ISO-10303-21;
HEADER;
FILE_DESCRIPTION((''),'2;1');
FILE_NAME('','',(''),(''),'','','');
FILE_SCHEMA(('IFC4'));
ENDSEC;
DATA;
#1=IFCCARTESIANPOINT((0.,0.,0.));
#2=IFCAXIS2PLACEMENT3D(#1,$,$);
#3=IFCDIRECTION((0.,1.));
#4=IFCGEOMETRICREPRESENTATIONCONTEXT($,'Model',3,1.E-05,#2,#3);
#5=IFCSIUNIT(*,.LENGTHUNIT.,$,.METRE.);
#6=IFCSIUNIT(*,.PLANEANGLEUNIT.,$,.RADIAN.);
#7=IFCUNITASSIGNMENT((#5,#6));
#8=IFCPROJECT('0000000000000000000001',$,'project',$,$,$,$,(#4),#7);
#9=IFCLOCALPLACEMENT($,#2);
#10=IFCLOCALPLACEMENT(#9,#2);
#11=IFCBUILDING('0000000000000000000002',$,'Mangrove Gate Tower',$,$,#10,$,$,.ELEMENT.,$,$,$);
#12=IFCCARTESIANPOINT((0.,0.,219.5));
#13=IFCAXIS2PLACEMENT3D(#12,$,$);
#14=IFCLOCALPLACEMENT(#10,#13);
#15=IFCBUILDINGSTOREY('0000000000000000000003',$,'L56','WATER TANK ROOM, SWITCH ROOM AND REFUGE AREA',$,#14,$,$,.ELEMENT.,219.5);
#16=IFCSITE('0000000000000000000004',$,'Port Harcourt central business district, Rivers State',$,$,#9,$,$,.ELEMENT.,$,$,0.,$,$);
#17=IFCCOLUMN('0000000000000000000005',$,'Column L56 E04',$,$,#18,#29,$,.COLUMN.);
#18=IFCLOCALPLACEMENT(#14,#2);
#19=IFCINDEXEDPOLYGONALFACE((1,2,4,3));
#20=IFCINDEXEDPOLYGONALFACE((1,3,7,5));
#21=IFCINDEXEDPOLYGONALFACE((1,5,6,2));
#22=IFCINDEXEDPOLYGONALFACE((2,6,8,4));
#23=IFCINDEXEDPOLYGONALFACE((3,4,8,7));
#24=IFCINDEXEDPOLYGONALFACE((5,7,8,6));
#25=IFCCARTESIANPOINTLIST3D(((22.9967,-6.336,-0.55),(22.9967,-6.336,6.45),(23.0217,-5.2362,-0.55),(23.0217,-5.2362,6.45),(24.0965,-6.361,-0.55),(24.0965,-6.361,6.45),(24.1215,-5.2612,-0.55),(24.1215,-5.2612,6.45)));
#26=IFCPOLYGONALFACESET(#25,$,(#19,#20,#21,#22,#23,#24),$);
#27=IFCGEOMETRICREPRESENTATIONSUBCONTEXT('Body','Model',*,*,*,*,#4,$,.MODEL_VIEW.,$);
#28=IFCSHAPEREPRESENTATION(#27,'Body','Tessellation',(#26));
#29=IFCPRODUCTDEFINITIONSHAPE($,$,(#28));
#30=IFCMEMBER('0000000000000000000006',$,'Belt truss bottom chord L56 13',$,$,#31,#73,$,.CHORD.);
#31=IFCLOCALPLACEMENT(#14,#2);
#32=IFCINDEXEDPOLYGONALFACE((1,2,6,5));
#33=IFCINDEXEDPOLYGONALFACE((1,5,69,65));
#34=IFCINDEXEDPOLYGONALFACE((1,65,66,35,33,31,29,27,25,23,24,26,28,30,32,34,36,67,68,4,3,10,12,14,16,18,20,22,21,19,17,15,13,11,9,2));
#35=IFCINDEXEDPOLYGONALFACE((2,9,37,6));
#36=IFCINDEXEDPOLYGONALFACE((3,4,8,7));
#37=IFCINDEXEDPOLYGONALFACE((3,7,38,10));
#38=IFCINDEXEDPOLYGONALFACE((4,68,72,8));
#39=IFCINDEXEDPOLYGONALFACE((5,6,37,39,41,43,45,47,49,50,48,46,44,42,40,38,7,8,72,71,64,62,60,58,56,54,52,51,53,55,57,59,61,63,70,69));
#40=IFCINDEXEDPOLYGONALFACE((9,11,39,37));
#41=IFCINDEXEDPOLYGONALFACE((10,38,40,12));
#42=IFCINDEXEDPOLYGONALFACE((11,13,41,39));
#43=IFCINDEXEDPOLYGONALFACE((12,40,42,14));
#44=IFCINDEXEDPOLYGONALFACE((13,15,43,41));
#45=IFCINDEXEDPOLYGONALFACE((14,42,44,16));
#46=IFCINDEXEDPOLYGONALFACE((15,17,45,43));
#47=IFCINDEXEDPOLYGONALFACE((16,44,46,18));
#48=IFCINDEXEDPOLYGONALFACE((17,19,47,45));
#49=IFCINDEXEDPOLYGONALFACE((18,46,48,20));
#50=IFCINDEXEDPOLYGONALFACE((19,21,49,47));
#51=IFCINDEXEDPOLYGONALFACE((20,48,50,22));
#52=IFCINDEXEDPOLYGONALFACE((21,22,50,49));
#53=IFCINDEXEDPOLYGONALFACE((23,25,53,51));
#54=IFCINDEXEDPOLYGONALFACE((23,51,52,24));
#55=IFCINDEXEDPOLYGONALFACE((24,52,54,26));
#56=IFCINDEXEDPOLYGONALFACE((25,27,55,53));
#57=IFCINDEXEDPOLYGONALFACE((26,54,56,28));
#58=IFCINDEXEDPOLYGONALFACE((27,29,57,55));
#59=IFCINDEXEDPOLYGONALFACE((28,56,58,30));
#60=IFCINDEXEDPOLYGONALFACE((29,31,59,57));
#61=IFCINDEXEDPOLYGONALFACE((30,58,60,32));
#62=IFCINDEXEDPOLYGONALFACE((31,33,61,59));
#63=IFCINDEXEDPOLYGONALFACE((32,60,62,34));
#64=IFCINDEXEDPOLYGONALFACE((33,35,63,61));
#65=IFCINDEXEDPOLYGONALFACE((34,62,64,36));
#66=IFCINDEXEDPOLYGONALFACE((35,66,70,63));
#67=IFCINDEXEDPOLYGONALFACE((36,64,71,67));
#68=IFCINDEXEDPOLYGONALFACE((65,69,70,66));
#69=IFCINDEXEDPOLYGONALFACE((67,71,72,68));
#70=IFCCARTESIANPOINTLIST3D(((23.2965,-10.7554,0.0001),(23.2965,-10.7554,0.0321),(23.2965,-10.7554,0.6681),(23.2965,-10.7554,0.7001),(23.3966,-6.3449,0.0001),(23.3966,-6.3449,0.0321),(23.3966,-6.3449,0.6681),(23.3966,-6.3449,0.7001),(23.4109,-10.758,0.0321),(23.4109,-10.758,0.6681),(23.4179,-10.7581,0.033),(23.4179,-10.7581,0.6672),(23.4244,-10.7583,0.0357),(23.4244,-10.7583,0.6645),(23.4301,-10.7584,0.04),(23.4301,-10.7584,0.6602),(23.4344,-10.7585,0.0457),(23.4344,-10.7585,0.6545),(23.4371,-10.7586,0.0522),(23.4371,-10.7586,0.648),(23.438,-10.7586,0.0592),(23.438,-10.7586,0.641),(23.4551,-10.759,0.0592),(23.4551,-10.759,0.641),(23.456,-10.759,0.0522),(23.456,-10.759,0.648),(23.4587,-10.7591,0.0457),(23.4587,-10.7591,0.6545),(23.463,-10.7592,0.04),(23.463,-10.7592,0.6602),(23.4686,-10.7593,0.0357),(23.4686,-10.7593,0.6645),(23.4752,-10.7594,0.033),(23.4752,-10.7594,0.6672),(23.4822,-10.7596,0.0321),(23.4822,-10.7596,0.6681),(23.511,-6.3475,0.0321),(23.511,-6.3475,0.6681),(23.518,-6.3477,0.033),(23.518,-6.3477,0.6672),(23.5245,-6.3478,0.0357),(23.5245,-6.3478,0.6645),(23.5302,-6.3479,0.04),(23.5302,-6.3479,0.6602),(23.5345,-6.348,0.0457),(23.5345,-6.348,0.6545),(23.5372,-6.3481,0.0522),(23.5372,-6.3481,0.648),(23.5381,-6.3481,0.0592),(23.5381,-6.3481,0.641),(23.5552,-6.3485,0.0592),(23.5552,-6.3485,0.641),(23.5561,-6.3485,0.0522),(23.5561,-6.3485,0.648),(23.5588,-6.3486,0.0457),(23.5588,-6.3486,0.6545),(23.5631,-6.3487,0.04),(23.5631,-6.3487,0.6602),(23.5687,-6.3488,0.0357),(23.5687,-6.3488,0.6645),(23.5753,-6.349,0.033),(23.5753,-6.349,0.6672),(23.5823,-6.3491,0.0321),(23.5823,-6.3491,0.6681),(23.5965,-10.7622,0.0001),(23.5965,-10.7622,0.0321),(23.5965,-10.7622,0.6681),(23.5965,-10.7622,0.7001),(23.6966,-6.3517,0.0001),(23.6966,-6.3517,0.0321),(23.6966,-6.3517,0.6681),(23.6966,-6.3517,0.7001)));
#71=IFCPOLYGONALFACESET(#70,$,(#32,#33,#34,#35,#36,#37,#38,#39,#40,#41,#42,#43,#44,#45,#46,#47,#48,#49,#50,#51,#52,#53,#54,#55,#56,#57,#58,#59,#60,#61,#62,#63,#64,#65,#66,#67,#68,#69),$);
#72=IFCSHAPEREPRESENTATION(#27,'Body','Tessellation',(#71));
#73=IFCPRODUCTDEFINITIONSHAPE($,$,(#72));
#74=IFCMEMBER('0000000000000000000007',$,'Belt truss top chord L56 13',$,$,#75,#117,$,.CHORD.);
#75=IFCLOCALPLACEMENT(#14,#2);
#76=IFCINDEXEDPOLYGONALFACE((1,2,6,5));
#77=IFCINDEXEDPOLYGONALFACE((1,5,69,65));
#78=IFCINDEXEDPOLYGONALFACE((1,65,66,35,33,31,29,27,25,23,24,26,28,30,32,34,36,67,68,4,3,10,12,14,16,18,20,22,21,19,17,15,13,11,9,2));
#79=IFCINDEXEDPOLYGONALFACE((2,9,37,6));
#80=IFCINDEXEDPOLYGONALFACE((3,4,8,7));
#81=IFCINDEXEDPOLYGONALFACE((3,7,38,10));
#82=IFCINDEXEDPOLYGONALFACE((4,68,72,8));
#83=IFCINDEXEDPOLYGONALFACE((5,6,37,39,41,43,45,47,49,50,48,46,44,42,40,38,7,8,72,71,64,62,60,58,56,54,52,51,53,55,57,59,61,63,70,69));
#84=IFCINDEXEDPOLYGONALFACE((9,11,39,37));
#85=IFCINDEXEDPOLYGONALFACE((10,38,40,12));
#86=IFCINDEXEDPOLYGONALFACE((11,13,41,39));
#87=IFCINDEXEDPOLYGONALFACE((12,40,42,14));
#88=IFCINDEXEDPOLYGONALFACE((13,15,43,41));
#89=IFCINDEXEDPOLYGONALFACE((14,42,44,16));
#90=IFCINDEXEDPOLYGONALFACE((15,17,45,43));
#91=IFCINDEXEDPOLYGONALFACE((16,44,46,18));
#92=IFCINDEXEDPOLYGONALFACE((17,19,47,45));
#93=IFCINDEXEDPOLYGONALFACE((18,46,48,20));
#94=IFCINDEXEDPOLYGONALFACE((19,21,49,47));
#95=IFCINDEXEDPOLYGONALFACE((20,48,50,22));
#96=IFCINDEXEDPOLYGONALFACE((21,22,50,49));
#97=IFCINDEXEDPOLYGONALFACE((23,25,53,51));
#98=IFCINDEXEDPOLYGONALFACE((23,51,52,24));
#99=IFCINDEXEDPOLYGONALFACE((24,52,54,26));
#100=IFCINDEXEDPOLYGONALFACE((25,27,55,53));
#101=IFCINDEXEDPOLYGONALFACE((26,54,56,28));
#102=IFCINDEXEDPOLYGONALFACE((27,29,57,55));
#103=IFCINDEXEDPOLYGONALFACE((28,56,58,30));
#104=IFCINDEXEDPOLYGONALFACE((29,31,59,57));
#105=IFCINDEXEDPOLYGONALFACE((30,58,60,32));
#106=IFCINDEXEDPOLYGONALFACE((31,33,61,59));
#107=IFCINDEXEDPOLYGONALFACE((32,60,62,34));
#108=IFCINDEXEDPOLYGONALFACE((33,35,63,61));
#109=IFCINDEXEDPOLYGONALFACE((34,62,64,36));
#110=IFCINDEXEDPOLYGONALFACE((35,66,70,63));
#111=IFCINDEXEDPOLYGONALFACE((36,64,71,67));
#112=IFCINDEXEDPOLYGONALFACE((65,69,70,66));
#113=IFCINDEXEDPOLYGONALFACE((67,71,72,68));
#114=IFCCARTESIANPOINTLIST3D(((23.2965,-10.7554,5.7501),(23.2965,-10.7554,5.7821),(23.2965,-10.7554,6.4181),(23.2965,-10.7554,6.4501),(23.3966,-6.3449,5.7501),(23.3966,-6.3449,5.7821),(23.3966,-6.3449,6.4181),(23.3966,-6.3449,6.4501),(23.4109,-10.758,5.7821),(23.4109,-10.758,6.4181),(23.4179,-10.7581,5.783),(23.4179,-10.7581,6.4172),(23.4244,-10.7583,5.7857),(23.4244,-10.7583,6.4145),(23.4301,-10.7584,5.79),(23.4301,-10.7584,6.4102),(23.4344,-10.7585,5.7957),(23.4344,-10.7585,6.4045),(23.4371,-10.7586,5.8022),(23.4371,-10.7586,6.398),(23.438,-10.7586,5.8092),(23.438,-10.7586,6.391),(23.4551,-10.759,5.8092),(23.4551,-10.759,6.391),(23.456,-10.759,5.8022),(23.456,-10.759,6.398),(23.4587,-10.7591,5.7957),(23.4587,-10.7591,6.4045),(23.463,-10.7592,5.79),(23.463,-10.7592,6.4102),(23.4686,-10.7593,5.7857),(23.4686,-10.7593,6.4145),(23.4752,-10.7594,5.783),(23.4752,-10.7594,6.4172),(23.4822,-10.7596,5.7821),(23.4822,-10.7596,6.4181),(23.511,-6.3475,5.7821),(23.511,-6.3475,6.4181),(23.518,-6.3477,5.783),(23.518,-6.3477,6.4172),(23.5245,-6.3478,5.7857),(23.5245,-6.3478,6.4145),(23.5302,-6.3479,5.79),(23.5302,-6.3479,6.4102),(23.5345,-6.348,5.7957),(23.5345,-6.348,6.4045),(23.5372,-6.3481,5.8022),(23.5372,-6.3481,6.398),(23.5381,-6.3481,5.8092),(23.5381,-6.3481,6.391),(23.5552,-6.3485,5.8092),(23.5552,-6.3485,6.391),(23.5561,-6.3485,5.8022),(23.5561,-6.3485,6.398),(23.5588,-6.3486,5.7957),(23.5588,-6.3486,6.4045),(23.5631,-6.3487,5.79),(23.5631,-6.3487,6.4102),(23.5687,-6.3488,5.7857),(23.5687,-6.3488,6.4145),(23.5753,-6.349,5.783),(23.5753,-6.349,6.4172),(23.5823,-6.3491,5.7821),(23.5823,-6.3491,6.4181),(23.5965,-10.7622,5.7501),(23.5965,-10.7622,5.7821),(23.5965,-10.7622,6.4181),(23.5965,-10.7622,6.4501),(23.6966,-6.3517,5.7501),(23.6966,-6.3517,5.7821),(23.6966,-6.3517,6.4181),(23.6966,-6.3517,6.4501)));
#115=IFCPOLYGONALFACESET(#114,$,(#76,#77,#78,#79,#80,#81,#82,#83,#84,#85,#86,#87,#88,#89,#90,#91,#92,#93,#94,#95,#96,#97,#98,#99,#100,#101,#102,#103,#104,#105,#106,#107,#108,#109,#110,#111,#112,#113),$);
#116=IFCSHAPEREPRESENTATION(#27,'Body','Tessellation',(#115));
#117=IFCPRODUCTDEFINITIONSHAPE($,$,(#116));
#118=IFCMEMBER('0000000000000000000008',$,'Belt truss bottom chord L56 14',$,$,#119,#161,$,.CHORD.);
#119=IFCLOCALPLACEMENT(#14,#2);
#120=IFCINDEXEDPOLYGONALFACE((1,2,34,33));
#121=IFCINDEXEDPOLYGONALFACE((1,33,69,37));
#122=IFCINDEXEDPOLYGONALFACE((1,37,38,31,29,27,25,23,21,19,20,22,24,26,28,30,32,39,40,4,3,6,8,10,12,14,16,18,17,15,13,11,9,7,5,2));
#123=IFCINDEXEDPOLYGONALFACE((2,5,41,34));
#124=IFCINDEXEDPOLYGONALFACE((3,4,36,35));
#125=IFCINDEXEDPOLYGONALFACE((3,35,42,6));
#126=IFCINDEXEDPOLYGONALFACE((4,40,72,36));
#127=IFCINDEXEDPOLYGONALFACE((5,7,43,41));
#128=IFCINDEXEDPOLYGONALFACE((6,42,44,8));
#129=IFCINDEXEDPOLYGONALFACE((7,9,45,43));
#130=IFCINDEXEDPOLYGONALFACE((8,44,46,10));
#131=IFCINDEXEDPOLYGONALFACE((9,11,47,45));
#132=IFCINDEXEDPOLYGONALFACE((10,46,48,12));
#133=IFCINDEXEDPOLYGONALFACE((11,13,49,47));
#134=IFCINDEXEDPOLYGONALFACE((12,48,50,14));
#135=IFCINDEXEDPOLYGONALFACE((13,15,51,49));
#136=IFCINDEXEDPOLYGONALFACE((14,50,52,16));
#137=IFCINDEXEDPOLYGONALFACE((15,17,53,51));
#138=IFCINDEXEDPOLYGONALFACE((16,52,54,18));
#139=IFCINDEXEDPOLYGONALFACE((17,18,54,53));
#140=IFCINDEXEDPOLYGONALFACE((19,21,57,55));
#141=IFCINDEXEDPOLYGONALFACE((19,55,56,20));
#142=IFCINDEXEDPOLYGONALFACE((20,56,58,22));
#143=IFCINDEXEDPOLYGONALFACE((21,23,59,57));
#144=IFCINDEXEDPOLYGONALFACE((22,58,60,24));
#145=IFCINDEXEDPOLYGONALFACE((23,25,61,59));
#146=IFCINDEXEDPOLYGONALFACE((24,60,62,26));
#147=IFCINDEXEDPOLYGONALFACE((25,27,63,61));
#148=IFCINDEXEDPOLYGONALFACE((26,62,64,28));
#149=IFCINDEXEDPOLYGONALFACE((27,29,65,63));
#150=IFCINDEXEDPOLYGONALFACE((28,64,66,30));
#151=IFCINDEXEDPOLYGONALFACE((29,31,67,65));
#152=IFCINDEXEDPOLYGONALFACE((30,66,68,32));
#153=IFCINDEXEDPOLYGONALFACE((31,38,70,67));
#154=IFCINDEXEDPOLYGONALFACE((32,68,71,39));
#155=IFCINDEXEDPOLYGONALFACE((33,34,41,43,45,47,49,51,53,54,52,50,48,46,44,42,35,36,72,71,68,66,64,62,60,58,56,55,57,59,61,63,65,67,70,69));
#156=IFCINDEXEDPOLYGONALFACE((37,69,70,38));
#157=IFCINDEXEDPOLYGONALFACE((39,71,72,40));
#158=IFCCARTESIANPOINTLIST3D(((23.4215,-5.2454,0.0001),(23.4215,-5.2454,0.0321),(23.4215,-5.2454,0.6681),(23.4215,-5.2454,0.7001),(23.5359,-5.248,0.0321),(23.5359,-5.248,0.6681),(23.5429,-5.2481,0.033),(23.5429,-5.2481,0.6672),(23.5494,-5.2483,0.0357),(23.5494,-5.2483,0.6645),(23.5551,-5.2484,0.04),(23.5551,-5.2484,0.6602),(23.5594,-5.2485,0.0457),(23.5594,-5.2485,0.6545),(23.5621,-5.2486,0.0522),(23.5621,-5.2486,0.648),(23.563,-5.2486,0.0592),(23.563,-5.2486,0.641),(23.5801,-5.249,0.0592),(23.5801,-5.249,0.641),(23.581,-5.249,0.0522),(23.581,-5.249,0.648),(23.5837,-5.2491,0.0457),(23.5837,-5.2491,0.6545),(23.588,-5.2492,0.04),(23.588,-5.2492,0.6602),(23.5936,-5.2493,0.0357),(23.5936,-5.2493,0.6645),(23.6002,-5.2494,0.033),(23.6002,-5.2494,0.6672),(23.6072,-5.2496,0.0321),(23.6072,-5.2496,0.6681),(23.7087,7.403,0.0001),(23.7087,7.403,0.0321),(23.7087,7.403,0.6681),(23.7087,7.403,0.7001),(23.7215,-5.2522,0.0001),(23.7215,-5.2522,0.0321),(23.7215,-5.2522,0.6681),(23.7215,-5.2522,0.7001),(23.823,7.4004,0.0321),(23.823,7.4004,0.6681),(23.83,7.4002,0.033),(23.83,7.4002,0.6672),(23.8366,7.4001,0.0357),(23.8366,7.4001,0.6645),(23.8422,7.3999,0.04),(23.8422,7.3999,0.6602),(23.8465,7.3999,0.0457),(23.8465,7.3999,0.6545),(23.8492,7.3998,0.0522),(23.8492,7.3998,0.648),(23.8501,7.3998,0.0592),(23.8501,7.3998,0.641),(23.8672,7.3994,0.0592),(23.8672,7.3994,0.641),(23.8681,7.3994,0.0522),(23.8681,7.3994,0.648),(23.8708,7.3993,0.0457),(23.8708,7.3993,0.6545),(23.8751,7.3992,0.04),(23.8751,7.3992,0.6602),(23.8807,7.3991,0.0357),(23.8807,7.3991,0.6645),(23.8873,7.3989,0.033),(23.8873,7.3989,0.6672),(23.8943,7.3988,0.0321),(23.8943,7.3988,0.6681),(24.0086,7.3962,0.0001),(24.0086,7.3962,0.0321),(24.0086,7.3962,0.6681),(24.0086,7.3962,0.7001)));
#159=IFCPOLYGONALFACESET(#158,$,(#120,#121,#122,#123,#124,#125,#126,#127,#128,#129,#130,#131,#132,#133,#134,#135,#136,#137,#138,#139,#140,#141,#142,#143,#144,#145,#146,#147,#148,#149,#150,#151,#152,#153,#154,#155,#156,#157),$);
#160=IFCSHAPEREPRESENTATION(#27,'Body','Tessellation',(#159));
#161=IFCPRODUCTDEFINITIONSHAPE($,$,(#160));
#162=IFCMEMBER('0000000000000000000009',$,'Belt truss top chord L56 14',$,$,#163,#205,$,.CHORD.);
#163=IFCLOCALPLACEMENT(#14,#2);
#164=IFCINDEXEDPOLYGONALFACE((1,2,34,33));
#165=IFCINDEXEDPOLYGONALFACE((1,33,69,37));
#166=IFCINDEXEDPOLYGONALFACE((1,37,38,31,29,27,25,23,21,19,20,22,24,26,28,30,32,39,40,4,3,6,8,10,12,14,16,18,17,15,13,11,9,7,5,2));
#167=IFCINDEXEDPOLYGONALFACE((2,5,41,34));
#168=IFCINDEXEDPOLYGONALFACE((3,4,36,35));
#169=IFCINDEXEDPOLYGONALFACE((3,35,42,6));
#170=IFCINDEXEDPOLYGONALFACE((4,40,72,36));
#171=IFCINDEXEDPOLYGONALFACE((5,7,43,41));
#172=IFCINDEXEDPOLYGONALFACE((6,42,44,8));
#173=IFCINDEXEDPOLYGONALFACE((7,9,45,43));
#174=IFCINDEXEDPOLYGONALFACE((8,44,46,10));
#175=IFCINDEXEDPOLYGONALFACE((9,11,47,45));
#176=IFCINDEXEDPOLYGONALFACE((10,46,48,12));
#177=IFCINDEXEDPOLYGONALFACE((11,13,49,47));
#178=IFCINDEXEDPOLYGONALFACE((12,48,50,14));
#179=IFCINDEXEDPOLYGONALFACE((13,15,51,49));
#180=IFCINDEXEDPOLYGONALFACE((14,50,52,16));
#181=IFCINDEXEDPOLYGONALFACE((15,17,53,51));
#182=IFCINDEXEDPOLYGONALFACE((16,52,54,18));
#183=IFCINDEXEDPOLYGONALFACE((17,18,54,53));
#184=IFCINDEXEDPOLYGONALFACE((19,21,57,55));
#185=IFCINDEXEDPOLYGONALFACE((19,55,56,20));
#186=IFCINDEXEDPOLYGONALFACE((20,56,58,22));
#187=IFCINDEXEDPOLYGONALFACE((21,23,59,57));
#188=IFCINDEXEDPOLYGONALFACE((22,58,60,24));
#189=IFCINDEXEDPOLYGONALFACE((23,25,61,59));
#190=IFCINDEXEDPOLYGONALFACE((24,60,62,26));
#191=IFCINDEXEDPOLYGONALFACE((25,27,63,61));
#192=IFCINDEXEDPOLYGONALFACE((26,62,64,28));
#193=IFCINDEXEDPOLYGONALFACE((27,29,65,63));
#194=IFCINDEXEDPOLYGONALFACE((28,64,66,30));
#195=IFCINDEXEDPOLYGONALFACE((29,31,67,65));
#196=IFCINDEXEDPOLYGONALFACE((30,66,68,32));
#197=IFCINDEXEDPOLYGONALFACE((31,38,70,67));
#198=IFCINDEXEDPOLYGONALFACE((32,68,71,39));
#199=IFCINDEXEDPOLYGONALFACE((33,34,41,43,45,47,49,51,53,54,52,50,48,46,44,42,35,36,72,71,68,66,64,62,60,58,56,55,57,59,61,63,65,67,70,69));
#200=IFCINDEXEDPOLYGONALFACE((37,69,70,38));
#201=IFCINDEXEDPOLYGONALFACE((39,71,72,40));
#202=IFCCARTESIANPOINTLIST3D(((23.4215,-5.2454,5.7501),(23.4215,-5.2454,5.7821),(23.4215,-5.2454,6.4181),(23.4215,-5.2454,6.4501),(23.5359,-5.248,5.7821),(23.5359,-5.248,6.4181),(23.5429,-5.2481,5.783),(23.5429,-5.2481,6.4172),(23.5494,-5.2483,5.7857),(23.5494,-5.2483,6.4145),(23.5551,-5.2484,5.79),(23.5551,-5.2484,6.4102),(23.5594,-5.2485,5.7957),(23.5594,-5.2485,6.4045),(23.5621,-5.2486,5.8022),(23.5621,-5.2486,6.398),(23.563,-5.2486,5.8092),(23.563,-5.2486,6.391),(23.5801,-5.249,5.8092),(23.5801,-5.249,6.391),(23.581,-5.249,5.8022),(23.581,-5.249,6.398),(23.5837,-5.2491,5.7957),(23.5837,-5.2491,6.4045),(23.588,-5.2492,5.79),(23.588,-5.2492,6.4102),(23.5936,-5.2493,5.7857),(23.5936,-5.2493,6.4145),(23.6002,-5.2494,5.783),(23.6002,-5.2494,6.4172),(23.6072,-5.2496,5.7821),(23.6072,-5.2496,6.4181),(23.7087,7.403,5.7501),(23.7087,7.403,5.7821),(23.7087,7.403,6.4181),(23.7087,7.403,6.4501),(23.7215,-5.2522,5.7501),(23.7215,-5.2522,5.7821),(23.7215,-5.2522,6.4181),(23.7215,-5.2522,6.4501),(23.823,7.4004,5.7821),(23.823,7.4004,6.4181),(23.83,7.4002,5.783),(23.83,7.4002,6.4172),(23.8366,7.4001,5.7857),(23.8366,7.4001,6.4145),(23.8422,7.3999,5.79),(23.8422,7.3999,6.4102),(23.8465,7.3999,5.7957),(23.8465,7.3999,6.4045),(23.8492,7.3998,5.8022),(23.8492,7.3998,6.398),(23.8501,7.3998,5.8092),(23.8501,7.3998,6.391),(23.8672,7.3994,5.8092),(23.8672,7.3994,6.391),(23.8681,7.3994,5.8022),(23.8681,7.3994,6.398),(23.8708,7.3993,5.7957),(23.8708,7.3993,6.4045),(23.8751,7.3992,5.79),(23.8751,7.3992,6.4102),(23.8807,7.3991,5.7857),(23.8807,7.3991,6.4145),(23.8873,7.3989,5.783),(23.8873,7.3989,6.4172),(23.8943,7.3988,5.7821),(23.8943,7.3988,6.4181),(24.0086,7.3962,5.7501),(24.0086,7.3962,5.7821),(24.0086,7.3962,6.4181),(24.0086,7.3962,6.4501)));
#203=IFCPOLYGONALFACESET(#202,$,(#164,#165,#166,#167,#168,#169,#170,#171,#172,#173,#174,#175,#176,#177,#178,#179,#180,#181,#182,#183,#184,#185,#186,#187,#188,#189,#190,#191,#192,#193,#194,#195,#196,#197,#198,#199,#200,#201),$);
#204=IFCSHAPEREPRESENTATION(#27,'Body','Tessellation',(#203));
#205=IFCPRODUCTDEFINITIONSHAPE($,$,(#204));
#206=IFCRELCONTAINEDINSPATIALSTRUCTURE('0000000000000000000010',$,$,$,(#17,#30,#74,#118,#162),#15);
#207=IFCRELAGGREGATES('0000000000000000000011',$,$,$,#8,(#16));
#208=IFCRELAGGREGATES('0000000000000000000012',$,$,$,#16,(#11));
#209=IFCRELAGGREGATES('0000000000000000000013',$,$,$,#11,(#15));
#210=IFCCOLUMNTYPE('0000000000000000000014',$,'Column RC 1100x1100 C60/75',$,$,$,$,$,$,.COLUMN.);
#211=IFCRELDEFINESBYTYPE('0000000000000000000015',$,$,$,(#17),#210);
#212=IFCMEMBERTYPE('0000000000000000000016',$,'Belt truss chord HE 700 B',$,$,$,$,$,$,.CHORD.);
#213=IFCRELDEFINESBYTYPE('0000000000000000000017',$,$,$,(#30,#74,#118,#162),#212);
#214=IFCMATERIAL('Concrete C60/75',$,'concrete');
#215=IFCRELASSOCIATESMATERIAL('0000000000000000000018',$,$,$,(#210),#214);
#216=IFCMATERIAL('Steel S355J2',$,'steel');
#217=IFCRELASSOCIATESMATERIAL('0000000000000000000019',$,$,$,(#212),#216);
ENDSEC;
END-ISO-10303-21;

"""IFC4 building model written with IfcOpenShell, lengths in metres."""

from ifc_helpers import new_model, si_unit, direction, frame, origin, origin_2d, place, context, subcontext, project, spatial, rectangle, i_section, extrude, material, material_profile, profile_set, type_object, element, save


model = new_model("IFC4")

# Units and contexts
model_context = context("Model", 3, precision=1e-05, world=origin(), true_north=direction((0.0, 1.0)))
body_context = subcontext(model_context, "Body", "Model", "MODEL_VIEW")
ifc_project = project(units=[si_unit("LENGTHUNIT", "METRE"), si_unit("PLANEANGLEUNIT", "RADIAN")], contexts=[model_context])

# Site, building, storey
site_placement = place(None, origin())
site = spatial("IfcSite", under=ifc_project, at=site_placement, Name="Port Harcourt central business district, Rivers State", CompositionType="ELEMENT", RefElevation=0.0)
building_placement = place(site_placement, origin())
building = spatial("IfcBuilding", under=site, at=building_placement, Name="Mangrove Gate Tower", CompositionType="ELEMENT")
storey_placement = place(building_placement, frame((0.0, 0.0, 219.5)))
storey = spatial("IfcBuildingStorey", under=building, at=storey_placement, Name="L56", Description="WATER TANK ROOM, SWITCH ROOM AND REFUGE AREA", CompositionType="ELEMENT", Elevation=219.5)

# Column
ifc_material_1 = material(Name="Concrete C60/75", Category="concrete")
ifc_material_profile_1 = material_profile(ifc_material_1, rectangle(XDim=1.1001, YDim=1.1001, at=origin_2d()))
ifc_profile_set_1 = profile_set([ifc_material_profile_1], Name="Concrete C60/75")
column_type = type_object("IfcColumnType", Name="Column RC 1100x1100 C60/75", PredefinedType="COLUMN", material=ifc_profile_set_1)
column_placement = place(storey_placement, frame((23.5591, -5.7986, -0.55), z_axis=(0.0, 0.0, 1.0), x_axis=(0.022686, 0.999743, 0.0)))
element("IfcColumn", 1, at=column_placement, inside=storey, type_object=column_type, Name="Column L56 E04", PredefinedType="COLUMN", context=body_context, shape_type="SweptSolid", body=[
    extrude(rectangle(XDim=1.1001, YDim=1.1001, at=origin_2d()), origin(), (0.0, 0.0, 1.0), 7.0),
])

# Members
ifc_material_2 = material(Name="Steel S355J2", Category="steel")
ifc_material_profile_2 = material_profile(ifc_material_2, i_section(OverallWidth=0.3, OverallDepth=0.7, WebThickness=0.0171, FlangeThickness=0.032, FilletRadius=0.0271, at=origin_2d()))
ifc_profile_set_2 = profile_set([ifc_material_profile_2], Name="Steel S355J2")
member_type_1 = type_object("IfcMemberType", Name="Belt truss chord HE 700 B", PredefinedType="CHORD", material=ifc_profile_set_2)
for number, where, z_axis, x_axis, name in (
    (2, (23.4465, -10.7588, 0.3501), (0.02269, 0.999743, 0.0), (-0.999743, 0.02269, 0.0), "Belt truss bottom chord L56 13"),
    (3, (23.4465, -10.7588, 6.1001), (0.02269, 0.999743, 0.0), (-0.999743, 0.02269, 0.0), "Belt truss top chord L56 13"),
):
    element("IfcMember", number, at=place(storey_placement, frame(where, z_axis=z_axis, x_axis=x_axis)), inside=storey, type_object=member_type_1, Name=name, PredefinedType="CHORD", context=body_context, shape_type="SweptSolid", body=[
        extrude(i_section(OverallWidth=0.3, OverallDepth=0.7, WebThickness=0.0171, FlangeThickness=0.032, FilletRadius=0.0271, at=origin_2d()), origin(), (0.0, 0.0, 1.0), 4.4116),
    ])
for number, where, z_axis, x_axis, name in (
    (4, (23.5715, -5.2488, 0.3501), (0.022693, 0.999742, 0.0), (-0.999742, 0.022693, 0.0), "Belt truss bottom chord L56 14"),
    (5, (23.5715, -5.2488, 6.1001), (0.022693, 0.999742, 0.0), (-0.999742, 0.022693, 0.0), "Belt truss top chord L56 14"),
):
    element("IfcMember", number, at=place(storey_placement, frame(where, z_axis=z_axis, x_axis=x_axis)), inside=storey, type_object=member_type_1, Name=name, PredefinedType="CHORD", context=body_context, shape_type="SweptSolid", body=[
        extrude(i_section(OverallWidth=0.3, OverallDepth=0.7, WebThickness=0.0171, FlangeThickness=0.032, FilletRadius=0.0271, at=origin_2d()), origin(), (0.0, 0.0, 1.0), 12.6516),
    ])

save(model, "model.ifc")
